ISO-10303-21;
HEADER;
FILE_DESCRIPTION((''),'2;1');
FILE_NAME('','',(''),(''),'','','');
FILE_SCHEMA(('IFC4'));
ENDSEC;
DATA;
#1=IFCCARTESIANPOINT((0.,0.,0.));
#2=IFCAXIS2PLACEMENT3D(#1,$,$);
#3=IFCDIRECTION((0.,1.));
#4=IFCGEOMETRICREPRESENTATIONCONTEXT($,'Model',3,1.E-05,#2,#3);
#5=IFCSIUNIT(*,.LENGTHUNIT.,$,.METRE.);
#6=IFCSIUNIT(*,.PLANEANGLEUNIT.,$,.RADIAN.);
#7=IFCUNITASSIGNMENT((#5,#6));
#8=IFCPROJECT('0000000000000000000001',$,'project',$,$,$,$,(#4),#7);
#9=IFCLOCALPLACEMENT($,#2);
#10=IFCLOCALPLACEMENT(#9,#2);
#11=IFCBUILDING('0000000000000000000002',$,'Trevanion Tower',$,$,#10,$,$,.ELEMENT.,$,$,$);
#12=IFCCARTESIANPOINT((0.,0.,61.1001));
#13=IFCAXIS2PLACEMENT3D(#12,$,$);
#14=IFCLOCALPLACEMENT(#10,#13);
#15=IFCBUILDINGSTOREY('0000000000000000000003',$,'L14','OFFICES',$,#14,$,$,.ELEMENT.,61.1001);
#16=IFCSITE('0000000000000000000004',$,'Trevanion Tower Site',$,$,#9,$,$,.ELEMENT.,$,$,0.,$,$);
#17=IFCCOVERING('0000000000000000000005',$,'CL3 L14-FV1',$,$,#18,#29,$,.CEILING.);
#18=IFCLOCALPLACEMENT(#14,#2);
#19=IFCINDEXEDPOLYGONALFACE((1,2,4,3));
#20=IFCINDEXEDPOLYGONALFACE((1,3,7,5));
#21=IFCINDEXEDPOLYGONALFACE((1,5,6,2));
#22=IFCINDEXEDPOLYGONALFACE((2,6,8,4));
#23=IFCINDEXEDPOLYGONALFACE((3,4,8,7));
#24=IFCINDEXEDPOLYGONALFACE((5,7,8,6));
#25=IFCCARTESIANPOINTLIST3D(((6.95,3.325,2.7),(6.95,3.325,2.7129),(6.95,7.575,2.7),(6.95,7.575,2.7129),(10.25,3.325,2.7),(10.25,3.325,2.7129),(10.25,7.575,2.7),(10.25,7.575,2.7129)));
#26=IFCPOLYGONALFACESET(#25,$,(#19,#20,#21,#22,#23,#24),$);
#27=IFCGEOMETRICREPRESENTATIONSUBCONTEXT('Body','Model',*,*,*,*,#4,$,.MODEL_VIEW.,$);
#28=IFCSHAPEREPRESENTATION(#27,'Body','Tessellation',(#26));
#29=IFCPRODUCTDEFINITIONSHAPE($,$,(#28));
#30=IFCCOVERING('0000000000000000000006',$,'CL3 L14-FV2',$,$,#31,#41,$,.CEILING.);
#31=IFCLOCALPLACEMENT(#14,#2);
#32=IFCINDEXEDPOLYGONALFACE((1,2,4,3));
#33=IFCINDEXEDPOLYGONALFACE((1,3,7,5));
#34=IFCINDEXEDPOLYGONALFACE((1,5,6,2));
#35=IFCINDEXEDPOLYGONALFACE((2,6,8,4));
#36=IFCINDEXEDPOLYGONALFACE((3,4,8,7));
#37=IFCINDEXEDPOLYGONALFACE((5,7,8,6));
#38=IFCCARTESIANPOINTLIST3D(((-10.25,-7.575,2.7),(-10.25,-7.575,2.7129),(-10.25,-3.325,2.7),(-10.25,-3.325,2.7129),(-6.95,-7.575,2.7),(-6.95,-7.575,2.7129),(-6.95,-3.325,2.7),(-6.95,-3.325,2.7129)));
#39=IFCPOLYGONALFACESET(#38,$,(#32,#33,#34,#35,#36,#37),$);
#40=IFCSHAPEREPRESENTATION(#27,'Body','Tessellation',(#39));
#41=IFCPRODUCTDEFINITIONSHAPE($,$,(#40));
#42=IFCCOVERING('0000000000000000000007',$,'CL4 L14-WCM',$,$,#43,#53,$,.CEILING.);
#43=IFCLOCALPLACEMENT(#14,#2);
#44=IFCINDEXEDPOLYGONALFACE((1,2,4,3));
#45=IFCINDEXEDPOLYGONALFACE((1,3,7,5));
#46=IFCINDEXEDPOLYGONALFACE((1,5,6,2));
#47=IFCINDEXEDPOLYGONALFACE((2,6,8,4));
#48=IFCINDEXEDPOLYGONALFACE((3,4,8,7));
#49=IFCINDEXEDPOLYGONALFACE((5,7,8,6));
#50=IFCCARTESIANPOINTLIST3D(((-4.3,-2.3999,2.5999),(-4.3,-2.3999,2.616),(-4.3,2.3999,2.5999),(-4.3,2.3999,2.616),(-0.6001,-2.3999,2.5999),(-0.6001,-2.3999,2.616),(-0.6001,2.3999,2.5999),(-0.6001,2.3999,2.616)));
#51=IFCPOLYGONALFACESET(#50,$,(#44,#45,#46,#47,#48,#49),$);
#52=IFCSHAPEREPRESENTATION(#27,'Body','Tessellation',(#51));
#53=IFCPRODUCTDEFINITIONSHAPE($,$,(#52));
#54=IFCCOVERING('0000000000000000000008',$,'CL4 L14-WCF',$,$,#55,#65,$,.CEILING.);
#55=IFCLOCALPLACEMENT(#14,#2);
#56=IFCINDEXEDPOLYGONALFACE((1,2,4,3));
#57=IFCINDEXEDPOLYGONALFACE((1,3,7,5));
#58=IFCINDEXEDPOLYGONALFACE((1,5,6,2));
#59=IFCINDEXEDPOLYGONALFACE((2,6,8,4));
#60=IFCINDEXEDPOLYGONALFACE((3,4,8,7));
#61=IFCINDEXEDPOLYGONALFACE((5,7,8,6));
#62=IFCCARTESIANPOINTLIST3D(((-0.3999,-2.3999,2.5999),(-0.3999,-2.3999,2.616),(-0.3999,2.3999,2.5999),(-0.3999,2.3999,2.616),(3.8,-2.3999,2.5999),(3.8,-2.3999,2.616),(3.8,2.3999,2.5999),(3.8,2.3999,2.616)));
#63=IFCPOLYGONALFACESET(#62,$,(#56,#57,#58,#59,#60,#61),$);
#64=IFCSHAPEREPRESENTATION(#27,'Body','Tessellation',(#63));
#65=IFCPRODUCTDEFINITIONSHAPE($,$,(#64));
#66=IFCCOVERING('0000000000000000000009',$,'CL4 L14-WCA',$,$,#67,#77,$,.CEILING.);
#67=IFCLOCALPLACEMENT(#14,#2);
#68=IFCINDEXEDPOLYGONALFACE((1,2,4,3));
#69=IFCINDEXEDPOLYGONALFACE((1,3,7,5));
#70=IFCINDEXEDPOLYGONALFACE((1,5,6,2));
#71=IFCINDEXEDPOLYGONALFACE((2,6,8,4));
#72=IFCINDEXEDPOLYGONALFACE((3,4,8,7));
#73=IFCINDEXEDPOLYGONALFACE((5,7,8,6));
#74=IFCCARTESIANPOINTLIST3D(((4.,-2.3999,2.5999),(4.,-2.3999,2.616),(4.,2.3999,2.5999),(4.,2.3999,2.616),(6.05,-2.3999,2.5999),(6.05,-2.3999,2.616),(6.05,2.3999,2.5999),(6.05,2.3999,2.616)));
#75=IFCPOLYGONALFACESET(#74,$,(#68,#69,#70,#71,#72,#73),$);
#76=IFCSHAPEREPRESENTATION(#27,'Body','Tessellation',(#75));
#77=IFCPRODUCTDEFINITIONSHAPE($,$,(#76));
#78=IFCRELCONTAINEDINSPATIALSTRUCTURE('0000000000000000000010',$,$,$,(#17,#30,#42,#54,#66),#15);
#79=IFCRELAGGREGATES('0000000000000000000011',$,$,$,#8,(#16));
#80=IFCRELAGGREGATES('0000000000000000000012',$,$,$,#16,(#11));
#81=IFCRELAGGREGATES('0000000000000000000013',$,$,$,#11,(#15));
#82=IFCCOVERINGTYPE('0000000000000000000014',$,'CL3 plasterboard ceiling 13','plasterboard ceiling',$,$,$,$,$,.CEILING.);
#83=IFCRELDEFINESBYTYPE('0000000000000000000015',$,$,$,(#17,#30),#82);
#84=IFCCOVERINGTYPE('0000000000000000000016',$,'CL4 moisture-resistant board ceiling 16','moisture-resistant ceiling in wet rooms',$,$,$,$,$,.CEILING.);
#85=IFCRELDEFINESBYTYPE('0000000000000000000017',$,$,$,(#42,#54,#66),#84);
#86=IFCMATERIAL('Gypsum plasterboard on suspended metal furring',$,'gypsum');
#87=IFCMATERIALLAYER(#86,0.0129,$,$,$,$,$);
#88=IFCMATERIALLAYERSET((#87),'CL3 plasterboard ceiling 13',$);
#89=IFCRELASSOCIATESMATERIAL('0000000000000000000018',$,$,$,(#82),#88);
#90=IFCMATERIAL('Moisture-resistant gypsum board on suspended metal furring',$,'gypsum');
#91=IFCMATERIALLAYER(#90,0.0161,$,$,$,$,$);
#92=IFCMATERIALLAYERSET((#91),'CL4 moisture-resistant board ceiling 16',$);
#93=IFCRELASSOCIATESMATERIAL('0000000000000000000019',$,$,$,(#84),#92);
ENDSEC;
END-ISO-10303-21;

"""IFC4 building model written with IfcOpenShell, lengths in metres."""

from ifc_helpers import new_model, si_unit, direction, frame, origin, place, context, subcontext, project, spatial, polyline, outline, extrude, material, layer, layer_set, type_object, element, save


model = new_model("IFC4")

# Units and contexts
model_context = context("Model", 3, precision=1e-05, world=origin(), true_north=direction((0.0, 1.0)))
body_context = subcontext(model_context, "Body", "Model", "MODEL_VIEW")
ifc_project = project(units=[si_unit("LENGTHUNIT", "METRE"), si_unit("PLANEANGLEUNIT", "RADIAN")], contexts=[model_context])

# Site, building, storey
site_placement = place(None, origin())
site = spatial("IfcSite", under=ifc_project, at=site_placement, Name="Trevanion Tower Site", CompositionType="ELEMENT", RefElevation=0.0)
building_placement = place(site_placement, origin())
building = spatial("IfcBuilding", under=site, at=building_placement, Name="Trevanion Tower", CompositionType="ELEMENT")
storey_placement = place(building_placement, frame((0.0, 0.0, 61.1001)))
storey = spatial("IfcBuildingStorey", under=building, at=storey_placement, Name="L14", Description="OFFICES", CompositionType="ELEMENT", Elevation=61.1001)

# Coverings
ifc_material_1 = material(Name="Gypsum plasterboard on suspended metal furring", Category="gypsum")
ifc_layer_1 = layer(ifc_material_1, 0.0129)
ifc_layer_set_1 = layer_set([ifc_layer_1], Name="CL3 plasterboard ceiling 13")
covering_type_1 = type_object("IfcCoveringType", Name="CL3 plasterboard ceiling 13", Description="plasterboard ceiling", PredefinedType="CEILING", material=ifc_layer_set_1)
covering_1_placement = place(storey_placement, frame((0.0, 0.0, 2.7)))
element("IfcCovering", 1, at=covering_1_placement, inside=storey, type_object=covering_type_1, Name="CL3 L14-FV1", PredefinedType="CEILING", context=body_context, shape_type="SweptSolid", body=[
    extrude(outline(polyline([(10.25, 3.325), (10.25, 7.575), (6.95, 7.575), (6.95, 3.325), (10.25, 3.325)])), origin(), (0.0, 0.0, 1.0), 0.0129),
])
covering_2_placement = place(storey_placement, frame((0.0, 0.0, 2.7)))
element("IfcCovering", 2, at=covering_2_placement, inside=storey, type_object=covering_type_1, Name="CL3 L14-FV2", PredefinedType="CEILING", context=body_context, shape_type="SweptSolid", body=[
    extrude(outline(polyline([(-10.25, -3.325), (-10.25, -7.575), (-6.95, -7.575), (-6.95, -3.325), (-10.25, -3.325)])), origin(), (0.0, 0.0, 1.0), 0.0129),
])
ifc_material_2 = material(Name="Moisture-resistant gypsum board on suspended metal furring", Category="gypsum")
ifc_layer_2 = layer(ifc_material_2, 0.0161)
ifc_layer_set_2 = layer_set([ifc_layer_2], Name="CL4 moisture-resistant board ceiling 16")
covering_type_2 = type_object("IfcCoveringType", Name="CL4 moisture-resistant board ceiling 16", Description="moisture-resistant ceiling in wet rooms", PredefinedType="CEILING", material=ifc_layer_set_2)
covering_3_placement = place(storey_placement, frame((0.0, 0.0, 2.5999)))
element("IfcCovering", 3, at=covering_3_placement, inside=storey, type_object=covering_type_2, Name="CL4 L14-WCM", PredefinedType="CEILING", context=body_context, shape_type="SweptSolid", body=[
    extrude(outline(polyline([(-0.6001, -2.3999), (-0.6001, 2.3999), (-4.3, 2.3999), (-4.3, -2.3999), (-0.6001, -2.3999)])), origin(), (0.0, 0.0, 1.0), 0.0161),
])
covering_4_placement = place(storey_placement, frame((0.0, 0.0, 2.5999)))
element("IfcCovering", 4, at=covering_4_placement, inside=storey, type_object=covering_type_2, Name="CL4 L14-WCF", PredefinedType="CEILING", context=body_context, shape_type="SweptSolid", body=[
    extrude(outline(polyline([(3.8, -2.3999), (3.8, 2.3999), (-0.3999, 2.3999), (-0.3999, -2.3999), (3.8, -2.3999)])), origin(), (0.0, 0.0, 1.0), 0.0161),
])
covering_5_placement = place(storey_placement, frame((0.0, 0.0, 2.5999)))
element("IfcCovering", 5, at=covering_5_placement, inside=storey, type_object=covering_type_2, Name="CL4 L14-WCA", PredefinedType="CEILING", context=body_context, shape_type="SweptSolid", body=[
    extrude(outline(polyline([(6.05, -2.3999), (6.05, 2.3999), (4.0, 2.3999), (4.0, -2.3999), (6.05, -2.3999)])), origin(), (0.0, 0.0, 1.0), 0.0161),
])

save(model, "model.ifc")
